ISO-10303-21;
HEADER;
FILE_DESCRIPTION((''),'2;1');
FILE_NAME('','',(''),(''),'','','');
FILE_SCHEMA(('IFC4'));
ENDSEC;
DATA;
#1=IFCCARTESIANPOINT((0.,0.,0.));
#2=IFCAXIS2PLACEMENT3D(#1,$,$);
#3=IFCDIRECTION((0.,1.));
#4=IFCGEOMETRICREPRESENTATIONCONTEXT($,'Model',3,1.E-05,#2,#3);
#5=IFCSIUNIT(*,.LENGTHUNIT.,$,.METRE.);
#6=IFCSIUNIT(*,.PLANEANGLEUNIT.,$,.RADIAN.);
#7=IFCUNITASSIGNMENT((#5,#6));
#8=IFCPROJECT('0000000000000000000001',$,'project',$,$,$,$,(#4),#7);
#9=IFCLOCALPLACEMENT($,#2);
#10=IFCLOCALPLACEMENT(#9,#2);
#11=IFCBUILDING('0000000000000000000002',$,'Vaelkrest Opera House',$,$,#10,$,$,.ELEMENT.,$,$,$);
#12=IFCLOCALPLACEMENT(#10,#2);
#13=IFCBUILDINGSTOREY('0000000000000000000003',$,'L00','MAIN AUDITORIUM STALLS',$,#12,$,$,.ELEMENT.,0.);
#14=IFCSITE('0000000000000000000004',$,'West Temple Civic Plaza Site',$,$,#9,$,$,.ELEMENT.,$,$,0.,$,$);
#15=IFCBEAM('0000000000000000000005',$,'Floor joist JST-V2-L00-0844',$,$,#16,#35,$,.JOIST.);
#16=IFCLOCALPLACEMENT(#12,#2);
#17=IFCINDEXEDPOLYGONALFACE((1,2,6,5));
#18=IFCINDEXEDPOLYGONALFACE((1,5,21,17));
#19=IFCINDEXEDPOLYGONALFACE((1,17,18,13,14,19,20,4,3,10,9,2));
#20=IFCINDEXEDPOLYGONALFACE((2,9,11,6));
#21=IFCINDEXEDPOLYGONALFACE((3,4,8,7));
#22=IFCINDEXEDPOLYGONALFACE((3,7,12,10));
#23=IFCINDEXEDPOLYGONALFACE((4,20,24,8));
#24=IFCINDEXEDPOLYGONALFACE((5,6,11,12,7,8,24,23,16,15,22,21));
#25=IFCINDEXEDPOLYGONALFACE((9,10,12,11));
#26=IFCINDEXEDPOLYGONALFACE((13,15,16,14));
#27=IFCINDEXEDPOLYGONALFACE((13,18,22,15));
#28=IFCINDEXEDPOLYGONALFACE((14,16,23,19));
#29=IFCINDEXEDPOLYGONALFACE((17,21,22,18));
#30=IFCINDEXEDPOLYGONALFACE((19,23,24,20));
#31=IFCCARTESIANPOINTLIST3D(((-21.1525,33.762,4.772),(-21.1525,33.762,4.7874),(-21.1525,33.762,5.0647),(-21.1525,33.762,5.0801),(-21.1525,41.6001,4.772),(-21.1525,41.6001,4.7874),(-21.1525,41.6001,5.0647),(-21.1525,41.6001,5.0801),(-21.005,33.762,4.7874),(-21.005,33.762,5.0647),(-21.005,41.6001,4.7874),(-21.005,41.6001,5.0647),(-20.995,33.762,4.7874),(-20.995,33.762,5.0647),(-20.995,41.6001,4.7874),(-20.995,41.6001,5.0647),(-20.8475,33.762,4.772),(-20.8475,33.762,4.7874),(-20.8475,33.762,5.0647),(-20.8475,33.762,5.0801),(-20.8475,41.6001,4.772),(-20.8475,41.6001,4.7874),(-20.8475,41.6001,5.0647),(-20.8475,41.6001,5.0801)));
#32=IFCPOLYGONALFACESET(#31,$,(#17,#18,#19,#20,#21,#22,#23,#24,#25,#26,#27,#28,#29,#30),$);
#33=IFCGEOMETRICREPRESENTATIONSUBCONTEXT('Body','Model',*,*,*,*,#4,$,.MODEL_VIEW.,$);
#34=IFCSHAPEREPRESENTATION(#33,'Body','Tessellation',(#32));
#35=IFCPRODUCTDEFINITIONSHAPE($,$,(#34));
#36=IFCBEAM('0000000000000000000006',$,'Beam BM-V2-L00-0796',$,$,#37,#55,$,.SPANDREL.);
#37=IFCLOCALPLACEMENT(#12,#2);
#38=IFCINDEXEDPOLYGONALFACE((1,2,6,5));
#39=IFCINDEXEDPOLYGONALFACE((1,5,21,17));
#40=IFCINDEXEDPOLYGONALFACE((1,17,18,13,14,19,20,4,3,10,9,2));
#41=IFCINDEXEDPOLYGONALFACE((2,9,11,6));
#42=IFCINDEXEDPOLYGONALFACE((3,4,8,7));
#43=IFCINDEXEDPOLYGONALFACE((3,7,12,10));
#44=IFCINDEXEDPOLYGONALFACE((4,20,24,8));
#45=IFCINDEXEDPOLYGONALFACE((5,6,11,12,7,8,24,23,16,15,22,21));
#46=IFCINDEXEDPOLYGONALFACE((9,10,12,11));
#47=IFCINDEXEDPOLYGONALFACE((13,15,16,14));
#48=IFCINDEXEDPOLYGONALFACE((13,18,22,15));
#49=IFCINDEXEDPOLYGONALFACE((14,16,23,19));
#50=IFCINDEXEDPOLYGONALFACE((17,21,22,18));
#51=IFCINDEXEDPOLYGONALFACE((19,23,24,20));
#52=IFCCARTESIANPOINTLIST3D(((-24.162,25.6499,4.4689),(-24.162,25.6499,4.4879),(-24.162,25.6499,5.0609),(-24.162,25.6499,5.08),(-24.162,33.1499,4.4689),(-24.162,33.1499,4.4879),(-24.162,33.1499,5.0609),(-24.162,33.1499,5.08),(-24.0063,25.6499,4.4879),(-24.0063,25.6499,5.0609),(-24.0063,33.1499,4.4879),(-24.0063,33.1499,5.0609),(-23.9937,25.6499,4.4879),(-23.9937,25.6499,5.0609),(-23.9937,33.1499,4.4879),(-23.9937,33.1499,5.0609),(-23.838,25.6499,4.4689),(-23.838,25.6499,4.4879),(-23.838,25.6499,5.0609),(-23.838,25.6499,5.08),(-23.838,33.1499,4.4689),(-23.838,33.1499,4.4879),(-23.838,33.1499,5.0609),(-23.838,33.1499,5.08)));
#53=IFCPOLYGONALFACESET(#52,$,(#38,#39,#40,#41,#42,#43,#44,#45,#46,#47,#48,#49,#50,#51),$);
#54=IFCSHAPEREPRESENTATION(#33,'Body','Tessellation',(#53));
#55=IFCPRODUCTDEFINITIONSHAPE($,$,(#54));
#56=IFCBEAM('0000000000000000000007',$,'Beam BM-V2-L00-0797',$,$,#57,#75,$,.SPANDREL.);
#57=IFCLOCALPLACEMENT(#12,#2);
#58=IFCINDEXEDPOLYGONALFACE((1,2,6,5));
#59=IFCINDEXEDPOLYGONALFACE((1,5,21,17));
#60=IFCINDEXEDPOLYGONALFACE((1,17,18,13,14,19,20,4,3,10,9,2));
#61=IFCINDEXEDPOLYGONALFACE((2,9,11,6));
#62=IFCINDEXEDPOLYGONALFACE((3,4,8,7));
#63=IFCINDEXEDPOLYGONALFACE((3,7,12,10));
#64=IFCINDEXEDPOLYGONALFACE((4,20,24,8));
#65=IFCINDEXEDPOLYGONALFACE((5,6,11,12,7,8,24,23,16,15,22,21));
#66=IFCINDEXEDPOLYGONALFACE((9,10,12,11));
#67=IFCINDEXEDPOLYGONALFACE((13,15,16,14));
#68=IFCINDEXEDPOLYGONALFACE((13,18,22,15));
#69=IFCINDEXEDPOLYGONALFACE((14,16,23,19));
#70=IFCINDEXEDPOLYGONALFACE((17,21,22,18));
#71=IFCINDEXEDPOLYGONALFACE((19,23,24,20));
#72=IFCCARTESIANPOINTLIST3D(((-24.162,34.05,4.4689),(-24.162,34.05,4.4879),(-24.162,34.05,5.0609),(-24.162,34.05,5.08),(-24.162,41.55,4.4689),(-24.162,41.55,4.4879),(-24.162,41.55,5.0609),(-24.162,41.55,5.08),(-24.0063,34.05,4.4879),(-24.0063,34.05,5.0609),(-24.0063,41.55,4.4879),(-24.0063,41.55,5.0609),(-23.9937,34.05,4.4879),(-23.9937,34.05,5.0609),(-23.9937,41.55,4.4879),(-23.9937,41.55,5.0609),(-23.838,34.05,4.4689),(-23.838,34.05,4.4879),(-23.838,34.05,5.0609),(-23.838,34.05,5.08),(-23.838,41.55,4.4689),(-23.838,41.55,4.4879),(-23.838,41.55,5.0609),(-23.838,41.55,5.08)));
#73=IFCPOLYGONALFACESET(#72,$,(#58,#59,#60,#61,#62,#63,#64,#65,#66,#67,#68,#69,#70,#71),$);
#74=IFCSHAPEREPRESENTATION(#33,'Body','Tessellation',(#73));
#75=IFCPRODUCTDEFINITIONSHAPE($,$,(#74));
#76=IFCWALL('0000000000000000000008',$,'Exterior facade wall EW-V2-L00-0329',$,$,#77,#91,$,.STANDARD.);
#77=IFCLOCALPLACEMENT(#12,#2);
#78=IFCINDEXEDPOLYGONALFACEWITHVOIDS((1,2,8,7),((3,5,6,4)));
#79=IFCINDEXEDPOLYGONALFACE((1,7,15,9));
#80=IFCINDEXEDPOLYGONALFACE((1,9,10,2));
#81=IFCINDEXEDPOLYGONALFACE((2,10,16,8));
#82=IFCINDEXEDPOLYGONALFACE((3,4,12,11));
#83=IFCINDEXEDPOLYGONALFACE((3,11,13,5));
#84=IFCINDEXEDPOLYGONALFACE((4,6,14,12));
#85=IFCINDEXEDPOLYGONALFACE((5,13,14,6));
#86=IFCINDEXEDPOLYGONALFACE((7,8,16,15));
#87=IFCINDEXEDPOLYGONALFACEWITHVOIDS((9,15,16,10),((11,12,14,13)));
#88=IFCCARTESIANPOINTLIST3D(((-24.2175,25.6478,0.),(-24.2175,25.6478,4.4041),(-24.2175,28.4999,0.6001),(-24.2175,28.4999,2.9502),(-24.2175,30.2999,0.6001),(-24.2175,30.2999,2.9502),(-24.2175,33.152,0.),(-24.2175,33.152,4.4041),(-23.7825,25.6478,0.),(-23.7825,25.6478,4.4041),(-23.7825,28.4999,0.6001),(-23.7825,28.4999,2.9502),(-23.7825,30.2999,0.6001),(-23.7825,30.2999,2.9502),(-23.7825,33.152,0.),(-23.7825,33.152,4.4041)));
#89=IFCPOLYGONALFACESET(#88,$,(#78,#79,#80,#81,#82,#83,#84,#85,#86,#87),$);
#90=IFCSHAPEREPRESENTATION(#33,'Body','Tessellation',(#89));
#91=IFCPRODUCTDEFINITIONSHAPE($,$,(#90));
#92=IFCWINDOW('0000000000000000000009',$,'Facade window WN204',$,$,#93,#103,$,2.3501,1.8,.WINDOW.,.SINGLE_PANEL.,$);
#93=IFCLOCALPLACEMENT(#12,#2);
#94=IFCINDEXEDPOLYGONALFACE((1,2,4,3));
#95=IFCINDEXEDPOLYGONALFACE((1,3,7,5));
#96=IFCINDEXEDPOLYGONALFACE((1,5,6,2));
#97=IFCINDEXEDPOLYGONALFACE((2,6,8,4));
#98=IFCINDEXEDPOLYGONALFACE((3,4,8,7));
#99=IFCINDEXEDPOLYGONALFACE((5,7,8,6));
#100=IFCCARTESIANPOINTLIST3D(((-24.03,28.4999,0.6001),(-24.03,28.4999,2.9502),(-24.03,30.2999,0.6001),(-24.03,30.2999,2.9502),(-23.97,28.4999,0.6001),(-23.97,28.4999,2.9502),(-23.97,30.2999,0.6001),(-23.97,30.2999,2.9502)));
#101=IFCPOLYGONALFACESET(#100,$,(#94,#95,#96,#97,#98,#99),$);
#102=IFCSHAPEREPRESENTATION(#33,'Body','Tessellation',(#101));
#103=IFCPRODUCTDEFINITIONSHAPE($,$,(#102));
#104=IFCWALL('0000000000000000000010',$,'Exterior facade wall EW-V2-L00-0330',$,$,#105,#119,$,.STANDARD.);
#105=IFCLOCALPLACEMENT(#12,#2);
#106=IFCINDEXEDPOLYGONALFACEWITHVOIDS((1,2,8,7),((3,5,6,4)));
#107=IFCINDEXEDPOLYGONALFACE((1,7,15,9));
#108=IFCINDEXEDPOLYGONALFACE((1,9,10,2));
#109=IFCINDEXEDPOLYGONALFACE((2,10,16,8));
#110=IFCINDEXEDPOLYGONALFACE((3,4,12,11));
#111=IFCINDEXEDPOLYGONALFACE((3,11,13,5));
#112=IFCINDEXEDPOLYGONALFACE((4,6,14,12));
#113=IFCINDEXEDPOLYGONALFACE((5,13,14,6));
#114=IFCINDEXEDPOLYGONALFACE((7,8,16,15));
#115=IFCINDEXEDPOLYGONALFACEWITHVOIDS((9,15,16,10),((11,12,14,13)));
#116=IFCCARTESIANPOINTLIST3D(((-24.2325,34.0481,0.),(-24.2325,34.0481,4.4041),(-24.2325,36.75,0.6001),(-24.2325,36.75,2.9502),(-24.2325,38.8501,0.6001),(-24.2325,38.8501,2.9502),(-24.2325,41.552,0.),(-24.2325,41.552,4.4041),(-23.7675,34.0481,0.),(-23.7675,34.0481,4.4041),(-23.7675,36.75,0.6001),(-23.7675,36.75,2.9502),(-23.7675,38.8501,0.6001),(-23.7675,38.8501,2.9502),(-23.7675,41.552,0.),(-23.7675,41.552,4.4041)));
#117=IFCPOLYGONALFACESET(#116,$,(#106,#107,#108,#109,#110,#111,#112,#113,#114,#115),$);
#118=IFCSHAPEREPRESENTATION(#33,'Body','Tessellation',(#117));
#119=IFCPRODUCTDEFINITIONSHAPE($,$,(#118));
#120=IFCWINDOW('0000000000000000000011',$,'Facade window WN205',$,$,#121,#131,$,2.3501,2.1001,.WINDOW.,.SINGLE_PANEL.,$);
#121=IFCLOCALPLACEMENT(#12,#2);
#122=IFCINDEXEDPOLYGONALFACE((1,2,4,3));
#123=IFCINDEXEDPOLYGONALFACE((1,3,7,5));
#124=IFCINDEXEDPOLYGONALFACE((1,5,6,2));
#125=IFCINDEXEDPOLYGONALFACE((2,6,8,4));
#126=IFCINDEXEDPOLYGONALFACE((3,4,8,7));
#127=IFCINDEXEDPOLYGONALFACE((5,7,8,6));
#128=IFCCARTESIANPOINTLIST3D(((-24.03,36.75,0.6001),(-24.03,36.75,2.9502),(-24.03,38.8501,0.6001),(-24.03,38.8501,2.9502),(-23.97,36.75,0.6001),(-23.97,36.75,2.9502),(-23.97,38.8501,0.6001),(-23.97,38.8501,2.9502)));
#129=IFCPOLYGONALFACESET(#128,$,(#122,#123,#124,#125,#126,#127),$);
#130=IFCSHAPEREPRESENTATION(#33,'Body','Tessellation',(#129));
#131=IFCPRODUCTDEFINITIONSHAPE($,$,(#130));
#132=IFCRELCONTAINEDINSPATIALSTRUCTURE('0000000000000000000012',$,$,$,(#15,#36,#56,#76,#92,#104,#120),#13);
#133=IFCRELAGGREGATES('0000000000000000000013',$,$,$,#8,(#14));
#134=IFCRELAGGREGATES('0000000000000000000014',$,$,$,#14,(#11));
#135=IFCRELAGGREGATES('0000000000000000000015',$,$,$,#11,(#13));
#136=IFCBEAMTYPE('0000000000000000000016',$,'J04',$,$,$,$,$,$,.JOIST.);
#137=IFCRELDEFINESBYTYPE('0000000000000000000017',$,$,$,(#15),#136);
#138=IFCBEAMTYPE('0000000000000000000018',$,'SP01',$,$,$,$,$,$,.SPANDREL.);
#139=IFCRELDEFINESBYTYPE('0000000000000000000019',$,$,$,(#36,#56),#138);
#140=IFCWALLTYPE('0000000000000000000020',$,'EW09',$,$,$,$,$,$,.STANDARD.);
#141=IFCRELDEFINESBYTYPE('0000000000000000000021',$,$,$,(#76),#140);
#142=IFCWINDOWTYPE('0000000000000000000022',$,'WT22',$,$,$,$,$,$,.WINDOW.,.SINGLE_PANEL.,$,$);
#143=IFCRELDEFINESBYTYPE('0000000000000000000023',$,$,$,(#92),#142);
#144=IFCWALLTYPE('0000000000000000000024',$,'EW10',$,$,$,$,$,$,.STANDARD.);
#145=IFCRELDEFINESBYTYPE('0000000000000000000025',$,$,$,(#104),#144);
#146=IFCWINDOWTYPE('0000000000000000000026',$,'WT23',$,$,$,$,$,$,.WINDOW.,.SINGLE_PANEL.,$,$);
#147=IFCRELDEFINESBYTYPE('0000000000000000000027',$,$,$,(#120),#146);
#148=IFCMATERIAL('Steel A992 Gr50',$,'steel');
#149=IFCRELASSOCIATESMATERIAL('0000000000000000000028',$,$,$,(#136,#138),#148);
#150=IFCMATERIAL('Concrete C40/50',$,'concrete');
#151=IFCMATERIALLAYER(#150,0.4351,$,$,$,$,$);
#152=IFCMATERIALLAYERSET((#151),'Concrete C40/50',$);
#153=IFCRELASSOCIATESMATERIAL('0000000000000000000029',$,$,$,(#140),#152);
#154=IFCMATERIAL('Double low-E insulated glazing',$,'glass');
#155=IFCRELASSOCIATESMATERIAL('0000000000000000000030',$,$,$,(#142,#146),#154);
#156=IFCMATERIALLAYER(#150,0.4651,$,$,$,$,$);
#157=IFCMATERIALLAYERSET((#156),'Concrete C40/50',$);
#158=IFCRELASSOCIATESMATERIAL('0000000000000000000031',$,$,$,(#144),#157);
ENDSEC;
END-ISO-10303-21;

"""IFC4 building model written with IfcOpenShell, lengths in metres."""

from ifc_helpers import new_model, si_unit, direction, frame, frame_2d, origin, origin_2d, place, context, subcontext, project, spatial, rectangle, i_section, extrude, material, layer, layer_set, material_profile, profile_set, type_object, element, fill, save


model = new_model("IFC4")

# Units and contexts
model_context = context("Model", 3, precision=1e-05, world=origin(), true_north=direction((0.0, 1.0)))
body_context = subcontext(model_context, "Body", "Model", "MODEL_VIEW")
ifc_project = project(units=[si_unit("LENGTHUNIT", "METRE"), si_unit("PLANEANGLEUNIT", "RADIAN")], contexts=[model_context])

# Site, building, storey
site_placement = place(None, origin())
site = spatial("IfcSite", under=ifc_project, at=site_placement, Name="West Temple Civic Plaza Site", CompositionType="ELEMENT", RefElevation=0.0)
building_placement = place(site_placement, origin())
building = spatial("IfcBuilding", under=site, at=building_placement, Name="Vaelkrest Opera House", CompositionType="ELEMENT")
storey_placement = place(building_placement, origin())
storey = spatial("IfcBuildingStorey", under=building, at=storey_placement, Name="L00", Description="MAIN AUDITORIUM STALLS", CompositionType="ELEMENT", Elevation=0.0)

# Shared definitions
ifc_material_1 = material(Name="Steel A992 Gr50", Category="steel")

# Beams
ifc_material_profile_1 = material_profile(ifc_material_1, i_section(OverallWidth=0.3049, OverallDepth=0.3081, WebThickness=0.01, FlangeThickness=0.0154, at=origin_2d()), Name="W12X65")
ifc_profile_set_1 = profile_set([ifc_material_profile_1], Name="Steel A992 Gr50")
beam_type_1 = type_object("IfcBeamType", Name="J04", PredefinedType="JOIST", material=ifc_profile_set_1)
beam_1_placement = place(storey_placement, frame((-21.0, 33.762, 4.926), z_axis=(0.0, 1.0, 0.0), x_axis=(-1.0, 0.0, 0.0)))
element("IfcBeam", 1, at=beam_1_placement, inside=storey, type_object=beam_type_1, Name="Floor joist JST-V2-L00-0844", PredefinedType="JOIST", context=body_context, shape_type="SweptSolid", body=[
    extrude(i_section(OverallWidth=0.3049, OverallDepth=0.3081, WebThickness=0.01, FlangeThickness=0.0154, at=origin_2d()), origin(), (0.0, 0.0, 1.0), 7.8381),
])
ifc_material_profile_2 = material_profile(ifc_material_1, i_section(OverallWidth=0.324, OverallDepth=0.6111, WebThickness=0.0127, FlangeThickness=0.019, at=origin_2d()), Name="W24X104")
ifc_profile_set_2 = profile_set([ifc_material_profile_2], Name="Steel A992 Gr50")
beam_type_2 = type_object("IfcBeamType", Name="SP01", PredefinedType="SPANDREL", material=ifc_profile_set_2)
for number, where, z_axis, x_axis, name in (
    (2, (-24.0, 25.6499, 4.7744), (0.0, 1.0, 0.0), (-1.0, 0.0, 0.0), "Beam BM-V2-L00-0796"),
    (3, (-24.0, 34.05, 4.7744), (0.0, 1.0, 0.0), (-1.0, 0.0, 0.0), "Beam BM-V2-L00-0797"),
):
    element("IfcBeam", number, at=place(storey_placement, frame(where, z_axis=z_axis, x_axis=x_axis)), inside=storey, type_object=beam_type_2, Name=name, PredefinedType="SPANDREL", context=body_context, shape_type="SweptSolid", body=[
        extrude(i_section(OverallWidth=0.324, OverallDepth=0.6111, WebThickness=0.0127, FlangeThickness=0.019, at=origin_2d()), origin(), (0.0, 0.0, 1.0), 7.5),
    ])

# Walls, openings, windows
ifc_material_2 = material(Name="Concrete C40/50", Category="concrete")
ifc_layer_1 = layer(ifc_material_2, 0.4351)
ifc_layer_set_1 = layer_set([ifc_layer_1], Name="Concrete C40/50")
wall_type_1 = type_object("IfcWallType", Name="EW09", PredefinedType="STANDARD", material=ifc_layer_set_1)
wall_1_placement = place(storey_placement, frame((-24.0, 25.6479, 0.0), z_axis=(0.0, 0.0, 1.0), x_axis=(0.0, 1.0, 0.0)))
wall_1 = element("IfcWall", 4, at=wall_1_placement, inside=storey, type_object=wall_type_1, Name="Exterior facade wall EW-V2-L00-0329", PredefinedType="STANDARD", context=body_context, shape_type="SweptSolid", body=[
    extrude(rectangle(XDim=7.5042, YDim=0.4351, at=frame_2d((3.752, 0.0))), origin(), (0.0, 0.0, 1.0), 4.4041),
])
opening_1_placement = place(wall_1_placement, frame((2.8521, 0.0, 0.6001)))
opening_1 = element("IfcOpeningElement", 5, at=opening_1_placement, cuts=wall_1, PredefinedType="OPENING", context=body_context, shape_type="SweptSolid", body=[
    extrude(rectangle(XDim=1.8, YDim=2.3501, at=frame_2d((0.8999, 1.175))), frame((0.0, 0.2275, 0.0), z_axis=(0.0, -1.0, 0.0), x_axis=(1.0, 0.0, 0.0)), (0.0, 0.0, 1.0), 0.4551),
])
ifc_material_3 = material(Name="Double low-E insulated glazing", Category="glass")
window_type_1 = type_object("IfcWindowType", Name="WT22", PartitioningType="SINGLE_PANEL", PredefinedType="WINDOW", material=ifc_material_3)
window_1_placement = place(opening_1_placement, origin())
window_1 = element("IfcWindow", 6, at=window_1_placement, inside=storey, type_object=window_type_1, Name="Facade window WN204", OverallHeight=2.3501, OverallWidth=1.8, PartitioningType="SINGLE_PANEL", PredefinedType="WINDOW", context=body_context, shape_type="SweptSolid", body=[
    extrude(rectangle(XDim=1.8, YDim=2.3501, at=frame_2d((0.8999, 1.175))), frame((0.0, 0.03, 0.0), z_axis=(0.0, -1.0, 0.0), x_axis=(1.0, 0.0, 0.0)), (0.0, 0.0, 1.0), 0.0601),
])
fill(opening_1, window_1)
ifc_layer_2 = layer(ifc_material_2, 0.4651)
ifc_layer_set_2 = layer_set([ifc_layer_2], Name="Concrete C40/50")
wall_type_2 = type_object("IfcWallType", Name="EW10", PredefinedType="STANDARD", material=ifc_layer_set_2)
wall_2_placement = place(storey_placement, frame((-24.0, 34.0481, 0.0), z_axis=(0.0, 0.0, 1.0), x_axis=(0.0, 1.0, 0.0)))
wall_2 = element("IfcWall", 7, at=wall_2_placement, inside=storey, type_object=wall_type_2, Name="Exterior facade wall EW-V2-L00-0330", PredefinedType="STANDARD", context=body_context, shape_type="SweptSolid", body=[
    extrude(rectangle(XDim=7.5039, YDim=0.4651, at=frame_2d((3.752, 0.0))), origin(), (0.0, 0.0, 1.0), 4.4041),
])
opening_2_placement = place(wall_2_placement, frame((2.7019, 0.0, 0.6001)))
opening_2 = element("IfcOpeningElement", 8, at=opening_2_placement, cuts=wall_2, PredefinedType="OPENING", context=body_context, shape_type="SweptSolid", body=[
    extrude(rectangle(XDim=2.1001, YDim=2.3501, at=frame_2d((1.05, 1.175))), frame((0.0, 0.2424, 0.0), z_axis=(0.0, -1.0, 0.0), x_axis=(1.0, 0.0, 0.0)), (0.0, 0.0, 1.0), 0.4851),
])
window_type_2 = type_object("IfcWindowType", Name="WT23", PartitioningType="SINGLE_PANEL", PredefinedType="WINDOW", material=ifc_material_3)
window_2_placement = place(opening_2_placement, origin())
window_2 = element("IfcWindow", 9, at=window_2_placement, inside=storey, type_object=window_type_2, Name="Facade window WN205", OverallHeight=2.3501, OverallWidth=2.1001, PartitioningType="SINGLE_PANEL", PredefinedType="WINDOW", context=body_context, shape_type="SweptSolid", body=[
    extrude(rectangle(XDim=2.1001, YDim=2.3501, at=frame_2d((1.05, 1.175))), frame((0.0, 0.03, 0.0), z_axis=(0.0, -1.0, 0.0), x_axis=(1.0, 0.0, 0.0)), (0.0, 0.0, 1.0), 0.0601),
])
fill(opening_2, window_2)

save(model, "model.ifc")
